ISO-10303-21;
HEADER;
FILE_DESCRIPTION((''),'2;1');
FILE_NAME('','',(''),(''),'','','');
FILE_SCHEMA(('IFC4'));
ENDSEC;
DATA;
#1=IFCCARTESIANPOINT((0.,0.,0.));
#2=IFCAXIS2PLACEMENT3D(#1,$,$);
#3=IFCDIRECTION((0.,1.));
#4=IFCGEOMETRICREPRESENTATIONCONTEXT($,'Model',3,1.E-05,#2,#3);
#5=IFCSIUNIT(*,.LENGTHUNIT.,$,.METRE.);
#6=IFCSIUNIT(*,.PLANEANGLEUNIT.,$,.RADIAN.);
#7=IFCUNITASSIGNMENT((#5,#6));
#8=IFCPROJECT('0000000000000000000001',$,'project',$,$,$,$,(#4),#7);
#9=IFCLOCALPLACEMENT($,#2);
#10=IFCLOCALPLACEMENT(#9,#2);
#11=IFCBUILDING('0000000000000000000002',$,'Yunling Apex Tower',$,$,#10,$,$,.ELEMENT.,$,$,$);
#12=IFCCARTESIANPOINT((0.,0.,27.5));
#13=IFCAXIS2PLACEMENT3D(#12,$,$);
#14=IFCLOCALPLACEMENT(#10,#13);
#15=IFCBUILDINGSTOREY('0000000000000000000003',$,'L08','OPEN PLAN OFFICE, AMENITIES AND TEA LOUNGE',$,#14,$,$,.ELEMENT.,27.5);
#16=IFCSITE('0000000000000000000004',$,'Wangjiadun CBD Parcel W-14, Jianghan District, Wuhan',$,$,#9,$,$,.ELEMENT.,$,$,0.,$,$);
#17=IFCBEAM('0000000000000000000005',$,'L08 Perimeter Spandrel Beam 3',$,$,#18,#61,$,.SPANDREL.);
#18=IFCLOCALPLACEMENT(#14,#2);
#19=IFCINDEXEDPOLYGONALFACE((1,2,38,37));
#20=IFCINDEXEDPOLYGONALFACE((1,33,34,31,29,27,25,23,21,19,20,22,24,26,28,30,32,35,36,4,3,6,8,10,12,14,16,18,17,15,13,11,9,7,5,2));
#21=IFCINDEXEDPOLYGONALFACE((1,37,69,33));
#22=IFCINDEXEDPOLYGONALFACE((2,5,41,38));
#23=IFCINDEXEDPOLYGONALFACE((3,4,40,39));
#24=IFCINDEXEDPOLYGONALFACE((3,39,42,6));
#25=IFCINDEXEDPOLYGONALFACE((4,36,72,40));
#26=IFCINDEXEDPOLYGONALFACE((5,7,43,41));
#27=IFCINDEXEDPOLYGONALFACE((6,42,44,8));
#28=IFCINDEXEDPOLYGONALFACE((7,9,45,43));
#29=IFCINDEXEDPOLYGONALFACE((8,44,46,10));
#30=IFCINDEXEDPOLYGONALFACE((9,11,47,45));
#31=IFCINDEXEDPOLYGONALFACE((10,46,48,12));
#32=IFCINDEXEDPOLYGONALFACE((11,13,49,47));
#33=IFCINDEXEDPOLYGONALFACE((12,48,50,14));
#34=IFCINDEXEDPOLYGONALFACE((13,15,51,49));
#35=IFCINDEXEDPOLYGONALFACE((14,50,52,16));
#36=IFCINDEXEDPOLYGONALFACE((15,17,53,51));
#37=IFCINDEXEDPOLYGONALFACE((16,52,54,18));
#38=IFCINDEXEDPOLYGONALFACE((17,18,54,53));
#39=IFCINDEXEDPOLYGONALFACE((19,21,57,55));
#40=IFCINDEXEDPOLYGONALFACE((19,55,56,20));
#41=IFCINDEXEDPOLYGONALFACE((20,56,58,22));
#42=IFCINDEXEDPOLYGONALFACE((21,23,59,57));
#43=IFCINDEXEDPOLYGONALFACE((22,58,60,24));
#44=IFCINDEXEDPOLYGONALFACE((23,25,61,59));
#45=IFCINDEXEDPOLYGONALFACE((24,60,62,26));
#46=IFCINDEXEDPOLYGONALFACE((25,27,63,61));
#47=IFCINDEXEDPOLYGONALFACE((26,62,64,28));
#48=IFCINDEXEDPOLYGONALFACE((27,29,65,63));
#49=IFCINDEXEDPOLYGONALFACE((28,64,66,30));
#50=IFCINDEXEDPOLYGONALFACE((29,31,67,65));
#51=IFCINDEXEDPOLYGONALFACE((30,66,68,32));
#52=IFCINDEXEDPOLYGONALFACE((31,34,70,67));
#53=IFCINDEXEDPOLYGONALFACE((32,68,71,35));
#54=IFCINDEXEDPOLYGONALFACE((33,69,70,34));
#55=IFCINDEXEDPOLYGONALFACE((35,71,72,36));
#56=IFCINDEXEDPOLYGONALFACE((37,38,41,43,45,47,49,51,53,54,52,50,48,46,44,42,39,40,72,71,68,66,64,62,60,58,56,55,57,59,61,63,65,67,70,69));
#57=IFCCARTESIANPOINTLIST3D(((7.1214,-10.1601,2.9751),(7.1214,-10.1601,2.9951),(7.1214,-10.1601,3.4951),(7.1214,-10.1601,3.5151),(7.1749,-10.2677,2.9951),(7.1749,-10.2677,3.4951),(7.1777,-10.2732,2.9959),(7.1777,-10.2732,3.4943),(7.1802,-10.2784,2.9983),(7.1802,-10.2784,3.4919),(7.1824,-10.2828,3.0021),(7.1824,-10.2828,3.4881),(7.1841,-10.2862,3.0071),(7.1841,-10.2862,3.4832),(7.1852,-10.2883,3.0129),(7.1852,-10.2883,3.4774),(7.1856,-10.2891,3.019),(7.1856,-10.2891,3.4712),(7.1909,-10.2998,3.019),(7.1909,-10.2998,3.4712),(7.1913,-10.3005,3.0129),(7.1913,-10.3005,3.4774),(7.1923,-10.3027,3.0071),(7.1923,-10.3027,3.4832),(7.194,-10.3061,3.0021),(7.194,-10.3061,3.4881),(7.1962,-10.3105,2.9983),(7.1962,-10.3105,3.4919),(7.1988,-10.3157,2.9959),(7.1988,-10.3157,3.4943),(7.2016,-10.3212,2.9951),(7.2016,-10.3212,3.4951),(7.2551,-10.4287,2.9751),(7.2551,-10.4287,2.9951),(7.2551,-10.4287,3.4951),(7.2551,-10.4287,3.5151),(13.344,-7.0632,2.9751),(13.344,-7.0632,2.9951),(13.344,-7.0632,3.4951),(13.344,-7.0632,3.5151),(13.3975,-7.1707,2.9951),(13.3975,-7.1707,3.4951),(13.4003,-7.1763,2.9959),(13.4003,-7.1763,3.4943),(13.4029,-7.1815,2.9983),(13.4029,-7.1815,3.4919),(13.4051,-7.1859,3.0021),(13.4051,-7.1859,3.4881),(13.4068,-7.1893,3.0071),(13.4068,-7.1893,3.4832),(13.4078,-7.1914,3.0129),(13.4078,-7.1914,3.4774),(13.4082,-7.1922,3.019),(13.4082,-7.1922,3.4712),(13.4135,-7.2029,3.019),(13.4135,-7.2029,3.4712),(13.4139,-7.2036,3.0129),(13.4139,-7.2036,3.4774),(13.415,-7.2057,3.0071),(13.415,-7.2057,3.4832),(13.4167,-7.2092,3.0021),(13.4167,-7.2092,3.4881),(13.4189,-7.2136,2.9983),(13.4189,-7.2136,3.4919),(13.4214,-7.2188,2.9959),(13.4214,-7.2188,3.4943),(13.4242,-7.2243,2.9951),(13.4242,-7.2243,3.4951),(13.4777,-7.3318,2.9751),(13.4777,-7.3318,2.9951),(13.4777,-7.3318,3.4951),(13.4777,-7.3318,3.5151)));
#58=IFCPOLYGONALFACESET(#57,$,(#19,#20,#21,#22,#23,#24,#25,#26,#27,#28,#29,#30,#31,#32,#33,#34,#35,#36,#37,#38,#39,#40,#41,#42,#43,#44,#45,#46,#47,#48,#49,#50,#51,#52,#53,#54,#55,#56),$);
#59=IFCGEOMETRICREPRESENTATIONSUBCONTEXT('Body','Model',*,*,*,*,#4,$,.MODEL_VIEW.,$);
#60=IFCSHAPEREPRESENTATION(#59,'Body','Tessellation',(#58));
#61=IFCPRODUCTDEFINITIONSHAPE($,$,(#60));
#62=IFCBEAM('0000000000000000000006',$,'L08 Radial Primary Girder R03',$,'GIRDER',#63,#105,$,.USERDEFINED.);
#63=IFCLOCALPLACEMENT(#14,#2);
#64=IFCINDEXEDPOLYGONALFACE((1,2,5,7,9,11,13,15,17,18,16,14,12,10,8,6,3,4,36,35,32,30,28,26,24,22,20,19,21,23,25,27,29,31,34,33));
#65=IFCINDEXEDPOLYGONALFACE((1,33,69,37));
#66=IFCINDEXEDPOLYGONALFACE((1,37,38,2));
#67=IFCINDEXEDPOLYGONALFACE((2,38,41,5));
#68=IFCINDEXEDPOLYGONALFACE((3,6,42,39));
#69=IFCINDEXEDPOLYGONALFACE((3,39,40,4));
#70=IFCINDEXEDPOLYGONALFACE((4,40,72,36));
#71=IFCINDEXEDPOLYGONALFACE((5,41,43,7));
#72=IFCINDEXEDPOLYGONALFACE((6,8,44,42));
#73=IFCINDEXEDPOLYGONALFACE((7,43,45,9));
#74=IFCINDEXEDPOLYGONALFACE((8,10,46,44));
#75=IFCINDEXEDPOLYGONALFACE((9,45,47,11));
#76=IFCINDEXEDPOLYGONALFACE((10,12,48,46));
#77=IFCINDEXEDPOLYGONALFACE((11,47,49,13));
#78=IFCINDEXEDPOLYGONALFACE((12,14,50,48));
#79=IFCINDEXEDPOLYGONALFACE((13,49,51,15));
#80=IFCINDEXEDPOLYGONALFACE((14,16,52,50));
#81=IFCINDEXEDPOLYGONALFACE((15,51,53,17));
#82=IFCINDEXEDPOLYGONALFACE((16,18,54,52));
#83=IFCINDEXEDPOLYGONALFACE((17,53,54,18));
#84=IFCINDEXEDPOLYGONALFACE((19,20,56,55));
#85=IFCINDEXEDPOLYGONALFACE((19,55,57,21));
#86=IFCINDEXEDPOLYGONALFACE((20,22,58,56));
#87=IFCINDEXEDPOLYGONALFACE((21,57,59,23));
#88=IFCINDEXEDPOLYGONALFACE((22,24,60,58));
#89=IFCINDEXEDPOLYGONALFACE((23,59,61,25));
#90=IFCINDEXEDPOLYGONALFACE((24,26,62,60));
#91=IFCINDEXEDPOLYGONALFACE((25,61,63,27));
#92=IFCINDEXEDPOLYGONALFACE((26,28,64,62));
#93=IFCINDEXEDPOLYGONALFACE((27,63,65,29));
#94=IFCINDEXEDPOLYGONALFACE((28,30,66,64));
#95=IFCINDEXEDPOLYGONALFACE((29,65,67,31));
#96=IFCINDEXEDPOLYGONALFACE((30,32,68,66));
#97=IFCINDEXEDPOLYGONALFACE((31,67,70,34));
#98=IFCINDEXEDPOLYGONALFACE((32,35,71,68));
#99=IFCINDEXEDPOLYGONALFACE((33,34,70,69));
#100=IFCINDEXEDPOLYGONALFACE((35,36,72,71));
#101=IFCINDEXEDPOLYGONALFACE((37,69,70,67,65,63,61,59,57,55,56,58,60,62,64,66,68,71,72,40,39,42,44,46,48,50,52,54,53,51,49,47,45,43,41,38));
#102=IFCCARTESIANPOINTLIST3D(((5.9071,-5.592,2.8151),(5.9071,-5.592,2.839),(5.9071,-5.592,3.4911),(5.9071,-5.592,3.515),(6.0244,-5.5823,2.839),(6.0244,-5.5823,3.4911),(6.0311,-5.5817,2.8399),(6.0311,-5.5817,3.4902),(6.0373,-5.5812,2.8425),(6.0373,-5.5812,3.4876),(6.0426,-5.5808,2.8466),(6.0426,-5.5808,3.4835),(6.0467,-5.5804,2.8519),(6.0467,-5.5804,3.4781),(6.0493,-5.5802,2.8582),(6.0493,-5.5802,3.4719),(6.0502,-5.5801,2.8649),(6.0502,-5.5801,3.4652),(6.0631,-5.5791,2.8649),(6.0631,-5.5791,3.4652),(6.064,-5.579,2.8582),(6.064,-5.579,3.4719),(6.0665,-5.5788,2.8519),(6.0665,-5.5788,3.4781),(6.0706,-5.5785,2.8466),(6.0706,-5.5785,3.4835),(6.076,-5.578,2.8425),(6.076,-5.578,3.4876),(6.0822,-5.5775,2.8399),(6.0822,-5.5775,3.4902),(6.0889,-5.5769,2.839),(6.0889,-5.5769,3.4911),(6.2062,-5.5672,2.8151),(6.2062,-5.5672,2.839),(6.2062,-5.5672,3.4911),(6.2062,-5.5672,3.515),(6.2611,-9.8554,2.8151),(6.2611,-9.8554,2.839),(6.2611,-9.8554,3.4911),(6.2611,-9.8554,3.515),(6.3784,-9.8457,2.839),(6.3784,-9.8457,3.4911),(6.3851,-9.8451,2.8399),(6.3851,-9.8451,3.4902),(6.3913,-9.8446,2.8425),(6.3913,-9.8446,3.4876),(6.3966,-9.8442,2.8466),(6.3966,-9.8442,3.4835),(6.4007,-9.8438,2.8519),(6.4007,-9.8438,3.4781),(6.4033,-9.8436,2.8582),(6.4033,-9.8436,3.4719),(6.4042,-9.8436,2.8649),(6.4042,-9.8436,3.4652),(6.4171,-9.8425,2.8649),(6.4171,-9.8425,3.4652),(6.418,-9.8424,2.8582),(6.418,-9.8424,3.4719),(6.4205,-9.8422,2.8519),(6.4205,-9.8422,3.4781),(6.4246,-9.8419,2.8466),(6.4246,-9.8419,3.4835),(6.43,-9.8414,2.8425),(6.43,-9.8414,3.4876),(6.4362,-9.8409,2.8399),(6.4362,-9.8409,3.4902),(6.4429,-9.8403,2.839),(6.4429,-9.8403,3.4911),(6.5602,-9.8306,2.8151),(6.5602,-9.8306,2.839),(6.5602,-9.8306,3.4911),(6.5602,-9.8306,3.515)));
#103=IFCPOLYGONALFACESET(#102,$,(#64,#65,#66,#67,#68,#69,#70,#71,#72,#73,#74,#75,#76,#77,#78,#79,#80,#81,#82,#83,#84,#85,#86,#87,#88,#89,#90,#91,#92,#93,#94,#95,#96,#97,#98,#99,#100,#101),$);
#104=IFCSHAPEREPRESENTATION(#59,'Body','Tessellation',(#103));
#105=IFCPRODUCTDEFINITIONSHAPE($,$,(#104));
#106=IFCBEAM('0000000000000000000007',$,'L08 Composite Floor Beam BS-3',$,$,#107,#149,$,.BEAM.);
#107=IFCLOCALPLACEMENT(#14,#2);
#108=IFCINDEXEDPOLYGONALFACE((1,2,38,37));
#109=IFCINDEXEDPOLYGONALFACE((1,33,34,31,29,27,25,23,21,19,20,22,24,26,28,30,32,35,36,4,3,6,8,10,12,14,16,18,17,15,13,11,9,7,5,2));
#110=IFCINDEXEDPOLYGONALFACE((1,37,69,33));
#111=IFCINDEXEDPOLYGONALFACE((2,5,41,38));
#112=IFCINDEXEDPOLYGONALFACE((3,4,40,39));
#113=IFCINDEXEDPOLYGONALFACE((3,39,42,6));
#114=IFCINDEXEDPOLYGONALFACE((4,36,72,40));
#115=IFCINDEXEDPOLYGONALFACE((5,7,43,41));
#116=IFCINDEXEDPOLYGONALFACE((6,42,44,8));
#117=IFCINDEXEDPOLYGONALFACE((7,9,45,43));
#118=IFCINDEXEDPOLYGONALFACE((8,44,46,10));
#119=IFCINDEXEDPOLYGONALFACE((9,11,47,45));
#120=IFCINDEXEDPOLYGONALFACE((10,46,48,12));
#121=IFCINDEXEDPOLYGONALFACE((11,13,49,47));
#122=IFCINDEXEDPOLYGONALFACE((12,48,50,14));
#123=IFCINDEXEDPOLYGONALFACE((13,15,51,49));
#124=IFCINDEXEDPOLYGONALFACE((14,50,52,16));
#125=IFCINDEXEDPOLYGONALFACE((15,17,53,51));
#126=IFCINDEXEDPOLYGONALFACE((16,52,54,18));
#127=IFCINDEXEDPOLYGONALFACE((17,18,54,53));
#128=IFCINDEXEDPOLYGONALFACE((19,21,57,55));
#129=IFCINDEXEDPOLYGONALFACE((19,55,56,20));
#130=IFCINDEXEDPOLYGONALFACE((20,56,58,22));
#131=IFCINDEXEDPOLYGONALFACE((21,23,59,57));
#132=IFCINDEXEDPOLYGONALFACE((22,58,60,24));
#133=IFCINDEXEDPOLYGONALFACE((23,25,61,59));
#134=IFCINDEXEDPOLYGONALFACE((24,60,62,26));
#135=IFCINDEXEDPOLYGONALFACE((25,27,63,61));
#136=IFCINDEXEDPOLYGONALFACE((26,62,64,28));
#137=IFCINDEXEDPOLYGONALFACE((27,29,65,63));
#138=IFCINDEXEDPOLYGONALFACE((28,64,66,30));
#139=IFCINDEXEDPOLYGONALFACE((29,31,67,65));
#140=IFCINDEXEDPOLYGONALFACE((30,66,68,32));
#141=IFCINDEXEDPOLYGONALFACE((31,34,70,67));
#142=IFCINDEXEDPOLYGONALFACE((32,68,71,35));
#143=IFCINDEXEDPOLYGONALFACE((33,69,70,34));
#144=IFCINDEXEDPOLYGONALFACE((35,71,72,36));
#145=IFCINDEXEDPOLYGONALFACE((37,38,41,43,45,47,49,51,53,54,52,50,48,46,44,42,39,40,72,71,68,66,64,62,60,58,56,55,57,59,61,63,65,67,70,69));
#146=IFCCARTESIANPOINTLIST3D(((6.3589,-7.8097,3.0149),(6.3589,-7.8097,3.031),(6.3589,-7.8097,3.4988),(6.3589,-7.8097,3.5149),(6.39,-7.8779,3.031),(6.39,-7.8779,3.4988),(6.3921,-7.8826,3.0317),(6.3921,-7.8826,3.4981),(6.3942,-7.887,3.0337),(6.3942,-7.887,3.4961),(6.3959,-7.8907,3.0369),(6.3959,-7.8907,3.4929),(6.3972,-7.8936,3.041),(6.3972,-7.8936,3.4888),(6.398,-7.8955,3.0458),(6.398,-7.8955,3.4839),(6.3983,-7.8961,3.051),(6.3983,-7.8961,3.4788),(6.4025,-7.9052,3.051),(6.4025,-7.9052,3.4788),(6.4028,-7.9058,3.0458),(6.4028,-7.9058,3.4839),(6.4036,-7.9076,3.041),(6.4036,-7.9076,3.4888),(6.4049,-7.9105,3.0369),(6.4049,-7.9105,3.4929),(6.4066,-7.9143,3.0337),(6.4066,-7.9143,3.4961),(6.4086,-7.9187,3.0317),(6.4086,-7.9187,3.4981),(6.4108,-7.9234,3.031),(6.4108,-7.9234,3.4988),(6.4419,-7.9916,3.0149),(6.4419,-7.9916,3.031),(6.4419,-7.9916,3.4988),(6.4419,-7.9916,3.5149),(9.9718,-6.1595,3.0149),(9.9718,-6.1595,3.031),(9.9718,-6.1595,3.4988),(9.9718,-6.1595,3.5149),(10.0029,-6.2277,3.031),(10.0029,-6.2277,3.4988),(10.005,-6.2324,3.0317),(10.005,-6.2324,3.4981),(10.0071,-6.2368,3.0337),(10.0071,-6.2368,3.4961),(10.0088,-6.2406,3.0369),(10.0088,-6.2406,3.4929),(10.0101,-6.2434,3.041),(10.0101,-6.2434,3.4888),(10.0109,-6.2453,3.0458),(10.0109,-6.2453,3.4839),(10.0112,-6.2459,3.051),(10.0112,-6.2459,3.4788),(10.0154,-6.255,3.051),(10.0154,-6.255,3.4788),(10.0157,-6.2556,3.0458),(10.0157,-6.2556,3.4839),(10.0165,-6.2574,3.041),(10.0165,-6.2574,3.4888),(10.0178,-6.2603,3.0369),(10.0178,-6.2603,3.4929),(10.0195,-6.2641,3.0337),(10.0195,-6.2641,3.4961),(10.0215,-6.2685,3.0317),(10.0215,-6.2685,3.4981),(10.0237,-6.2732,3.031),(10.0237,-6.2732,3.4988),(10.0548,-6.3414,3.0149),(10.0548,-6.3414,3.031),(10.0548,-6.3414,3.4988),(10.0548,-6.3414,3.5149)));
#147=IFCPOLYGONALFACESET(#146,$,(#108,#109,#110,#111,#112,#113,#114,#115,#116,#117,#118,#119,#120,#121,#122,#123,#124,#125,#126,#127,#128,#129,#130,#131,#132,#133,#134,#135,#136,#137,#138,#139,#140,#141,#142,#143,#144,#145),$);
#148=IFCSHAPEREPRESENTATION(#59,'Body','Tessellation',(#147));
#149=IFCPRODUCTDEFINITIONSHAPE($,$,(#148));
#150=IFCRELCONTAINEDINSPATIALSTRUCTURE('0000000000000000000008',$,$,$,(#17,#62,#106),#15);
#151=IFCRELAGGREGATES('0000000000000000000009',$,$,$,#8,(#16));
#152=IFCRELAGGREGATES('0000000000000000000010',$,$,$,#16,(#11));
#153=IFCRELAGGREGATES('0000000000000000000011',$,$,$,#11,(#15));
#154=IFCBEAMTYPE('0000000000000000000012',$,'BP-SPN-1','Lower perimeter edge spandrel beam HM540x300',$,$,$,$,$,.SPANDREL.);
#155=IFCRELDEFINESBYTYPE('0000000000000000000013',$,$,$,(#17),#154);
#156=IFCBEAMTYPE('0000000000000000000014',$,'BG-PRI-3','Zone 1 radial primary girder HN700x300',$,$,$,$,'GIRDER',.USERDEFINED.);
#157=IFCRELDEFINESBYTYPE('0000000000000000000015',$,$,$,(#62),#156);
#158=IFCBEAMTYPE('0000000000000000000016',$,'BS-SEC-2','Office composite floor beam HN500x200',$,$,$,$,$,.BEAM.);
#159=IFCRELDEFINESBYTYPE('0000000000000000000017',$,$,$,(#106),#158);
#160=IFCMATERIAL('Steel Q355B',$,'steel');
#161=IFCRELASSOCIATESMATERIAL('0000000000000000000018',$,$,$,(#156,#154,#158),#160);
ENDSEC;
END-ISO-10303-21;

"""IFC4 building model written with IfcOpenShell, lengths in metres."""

from ifc_helpers import new_model, si_unit, direction, frame, origin, origin_2d, place, context, subcontext, project, spatial, i_section, extrude, source, transform, mapped, material, material_profile, profile_set, type_object, element, save


model = new_model("IFC4")

# Units and contexts
model_context = context("Model", 3, precision=1e-05, world=origin(), true_north=direction((0.0, 1.0)))
body_context = subcontext(model_context, "Body", "Model", "MODEL_VIEW")
ifc_project = project(units=[si_unit("LENGTHUNIT", "METRE"), si_unit("PLANEANGLEUNIT", "RADIAN")], contexts=[model_context])

# Site, building, storey
site_placement = place(None, origin())
site = spatial("IfcSite", under=ifc_project, at=site_placement, Name="Wangjiadun CBD Parcel W-14, Jianghan District, Wuhan", CompositionType="ELEMENT", RefElevation=0.0)
building_placement = place(site_placement, origin())
building = spatial("IfcBuilding", under=site, at=building_placement, Name="Yunling Apex Tower", CompositionType="ELEMENT")
storey_placement = place(building_placement, frame((0.0, 0.0, 27.5)))
storey = spatial("IfcBuildingStorey", under=building, at=storey_placement, Name="L08", Description="OPEN PLAN OFFICE, AMENITIES AND TEA LOUNGE", CompositionType="ELEMENT", Elevation=27.5)

# Beams
ifc_material_1 = material(Name="Steel Q355B", Category="steel")
ifc_material_profile_1 = material_profile(ifc_material_1, i_section(OverallWidth=0.3, OverallDepth=0.7, WebThickness=0.0129, FlangeThickness=0.0239, FilletRadius=0.0259, at=origin_2d()))
ifc_profile_set_1 = profile_set([ifc_material_profile_1], Name="Steel Q355B")
beam_type_1 = type_object("IfcBeamType", Name="BG-PRI-3", Description="Zone 1 radial primary girder HN700x300", ElementType="GIRDER", PredefinedType="USERDEFINED", material=ifc_profile_set_1)
ifc_material_profile_2 = material_profile(ifc_material_1, i_section(OverallWidth=0.3, OverallDepth=0.54, WebThickness=0.012, FlangeThickness=0.02, FilletRadius=0.0239, at=origin_2d()))
ifc_profile_set_2 = profile_set([ifc_material_profile_2], Name="Steel Q355B")
beam_type_2 = type_object("IfcBeamType", Name="BP-SPN-1", Description="Lower perimeter edge spandrel beam HM540x300", PredefinedType="SPANDREL", material=ifc_profile_set_2)
shared_shape_1 = source(origin(), body_context, "Body", "SweptSolid", [
    extrude(i_section(OverallWidth=0.3, OverallDepth=0.54, WebThickness=0.012, FlangeThickness=0.02, FilletRadius=0.0239, at=origin_2d()), origin(), (0.0, 0.0, 1.0), 6.9507),
])
beam_1_placement = place(storey_placement, frame((7.1882, -10.2944, 3.2451), z_axis=(0.895255, 0.445555, 0.0), x_axis=(-0.445555, 0.895255, 0.0)))
element("IfcBeam", 1, at=beam_1_placement, inside=storey, type_object=beam_type_2, Name="L08 Perimeter Spandrel Beam 3", PredefinedType="SPANDREL", context=body_context, shape_type="MappedRepresentation", body=[
    mapped(shared_shape_1, transform((0.0, 0.0, 0.0), scale=1.0)),
])
shared_shape_2 = source(origin(), body_context, "Body", "SweptSolid", [
    extrude(i_section(OverallWidth=0.3, OverallDepth=0.7, WebThickness=0.0129, FlangeThickness=0.0239, FilletRadius=0.0259, at=origin_2d()), origin(), (0.0, 0.0, 1.0), 4.2781),
])
beam_2_placement = place(storey_placement, frame((6.4106, -9.843, 3.165), z_axis=(-0.082748, 0.996571, 0.0), x_axis=(-0.996571, -0.082748, 0.0)))
element("IfcBeam", 2, at=beam_2_placement, inside=storey, type_object=beam_type_1, Name="L08 Radial Primary Girder R03", ObjectType="GIRDER", PredefinedType="USERDEFINED", context=body_context, shape_type="MappedRepresentation", body=[
    mapped(shared_shape_2, transform((0.0, 0.0, 0.0), scale=1.0)),
])
ifc_material_profile_3 = material_profile(ifc_material_1, i_section(OverallWidth=0.2, OverallDepth=0.5, WebThickness=0.01, FlangeThickness=0.0161, FilletRadius=0.02, at=origin_2d()))
ifc_profile_set_3 = profile_set([ifc_material_profile_3], Name="Steel Q355B")
beam_type_3 = type_object("IfcBeamType", Name="BS-SEC-2", Description="Office composite floor beam HN500x200", PredefinedType="BEAM", material=ifc_profile_set_3)
shared_shape_3 = source(origin(), body_context, "Body", "SweptSolid", [
    extrude(i_section(OverallWidth=0.2, OverallDepth=0.5, WebThickness=0.01, FlangeThickness=0.0161, FilletRadius=0.02, at=origin_2d()), origin(), (0.0, 0.0, 1.0), 3.9719),
])
beam_3_placement = place(storey_placement, frame((6.4004, -7.9006, 3.2649), z_axis=(0.909609, 0.415465, 0.0), x_axis=(-0.415465, 0.909609, 0.0)))
element("IfcBeam", 3, at=beam_3_placement, inside=storey, type_object=beam_type_3, Name="L08 Composite Floor Beam BS-3", PredefinedType="BEAM", context=body_context, shape_type="MappedRepresentation", body=[
    mapped(shared_shape_3, transform((0.0, 0.0, 0.0), scale=1.0)),
])

save(model, "model.ifc")
